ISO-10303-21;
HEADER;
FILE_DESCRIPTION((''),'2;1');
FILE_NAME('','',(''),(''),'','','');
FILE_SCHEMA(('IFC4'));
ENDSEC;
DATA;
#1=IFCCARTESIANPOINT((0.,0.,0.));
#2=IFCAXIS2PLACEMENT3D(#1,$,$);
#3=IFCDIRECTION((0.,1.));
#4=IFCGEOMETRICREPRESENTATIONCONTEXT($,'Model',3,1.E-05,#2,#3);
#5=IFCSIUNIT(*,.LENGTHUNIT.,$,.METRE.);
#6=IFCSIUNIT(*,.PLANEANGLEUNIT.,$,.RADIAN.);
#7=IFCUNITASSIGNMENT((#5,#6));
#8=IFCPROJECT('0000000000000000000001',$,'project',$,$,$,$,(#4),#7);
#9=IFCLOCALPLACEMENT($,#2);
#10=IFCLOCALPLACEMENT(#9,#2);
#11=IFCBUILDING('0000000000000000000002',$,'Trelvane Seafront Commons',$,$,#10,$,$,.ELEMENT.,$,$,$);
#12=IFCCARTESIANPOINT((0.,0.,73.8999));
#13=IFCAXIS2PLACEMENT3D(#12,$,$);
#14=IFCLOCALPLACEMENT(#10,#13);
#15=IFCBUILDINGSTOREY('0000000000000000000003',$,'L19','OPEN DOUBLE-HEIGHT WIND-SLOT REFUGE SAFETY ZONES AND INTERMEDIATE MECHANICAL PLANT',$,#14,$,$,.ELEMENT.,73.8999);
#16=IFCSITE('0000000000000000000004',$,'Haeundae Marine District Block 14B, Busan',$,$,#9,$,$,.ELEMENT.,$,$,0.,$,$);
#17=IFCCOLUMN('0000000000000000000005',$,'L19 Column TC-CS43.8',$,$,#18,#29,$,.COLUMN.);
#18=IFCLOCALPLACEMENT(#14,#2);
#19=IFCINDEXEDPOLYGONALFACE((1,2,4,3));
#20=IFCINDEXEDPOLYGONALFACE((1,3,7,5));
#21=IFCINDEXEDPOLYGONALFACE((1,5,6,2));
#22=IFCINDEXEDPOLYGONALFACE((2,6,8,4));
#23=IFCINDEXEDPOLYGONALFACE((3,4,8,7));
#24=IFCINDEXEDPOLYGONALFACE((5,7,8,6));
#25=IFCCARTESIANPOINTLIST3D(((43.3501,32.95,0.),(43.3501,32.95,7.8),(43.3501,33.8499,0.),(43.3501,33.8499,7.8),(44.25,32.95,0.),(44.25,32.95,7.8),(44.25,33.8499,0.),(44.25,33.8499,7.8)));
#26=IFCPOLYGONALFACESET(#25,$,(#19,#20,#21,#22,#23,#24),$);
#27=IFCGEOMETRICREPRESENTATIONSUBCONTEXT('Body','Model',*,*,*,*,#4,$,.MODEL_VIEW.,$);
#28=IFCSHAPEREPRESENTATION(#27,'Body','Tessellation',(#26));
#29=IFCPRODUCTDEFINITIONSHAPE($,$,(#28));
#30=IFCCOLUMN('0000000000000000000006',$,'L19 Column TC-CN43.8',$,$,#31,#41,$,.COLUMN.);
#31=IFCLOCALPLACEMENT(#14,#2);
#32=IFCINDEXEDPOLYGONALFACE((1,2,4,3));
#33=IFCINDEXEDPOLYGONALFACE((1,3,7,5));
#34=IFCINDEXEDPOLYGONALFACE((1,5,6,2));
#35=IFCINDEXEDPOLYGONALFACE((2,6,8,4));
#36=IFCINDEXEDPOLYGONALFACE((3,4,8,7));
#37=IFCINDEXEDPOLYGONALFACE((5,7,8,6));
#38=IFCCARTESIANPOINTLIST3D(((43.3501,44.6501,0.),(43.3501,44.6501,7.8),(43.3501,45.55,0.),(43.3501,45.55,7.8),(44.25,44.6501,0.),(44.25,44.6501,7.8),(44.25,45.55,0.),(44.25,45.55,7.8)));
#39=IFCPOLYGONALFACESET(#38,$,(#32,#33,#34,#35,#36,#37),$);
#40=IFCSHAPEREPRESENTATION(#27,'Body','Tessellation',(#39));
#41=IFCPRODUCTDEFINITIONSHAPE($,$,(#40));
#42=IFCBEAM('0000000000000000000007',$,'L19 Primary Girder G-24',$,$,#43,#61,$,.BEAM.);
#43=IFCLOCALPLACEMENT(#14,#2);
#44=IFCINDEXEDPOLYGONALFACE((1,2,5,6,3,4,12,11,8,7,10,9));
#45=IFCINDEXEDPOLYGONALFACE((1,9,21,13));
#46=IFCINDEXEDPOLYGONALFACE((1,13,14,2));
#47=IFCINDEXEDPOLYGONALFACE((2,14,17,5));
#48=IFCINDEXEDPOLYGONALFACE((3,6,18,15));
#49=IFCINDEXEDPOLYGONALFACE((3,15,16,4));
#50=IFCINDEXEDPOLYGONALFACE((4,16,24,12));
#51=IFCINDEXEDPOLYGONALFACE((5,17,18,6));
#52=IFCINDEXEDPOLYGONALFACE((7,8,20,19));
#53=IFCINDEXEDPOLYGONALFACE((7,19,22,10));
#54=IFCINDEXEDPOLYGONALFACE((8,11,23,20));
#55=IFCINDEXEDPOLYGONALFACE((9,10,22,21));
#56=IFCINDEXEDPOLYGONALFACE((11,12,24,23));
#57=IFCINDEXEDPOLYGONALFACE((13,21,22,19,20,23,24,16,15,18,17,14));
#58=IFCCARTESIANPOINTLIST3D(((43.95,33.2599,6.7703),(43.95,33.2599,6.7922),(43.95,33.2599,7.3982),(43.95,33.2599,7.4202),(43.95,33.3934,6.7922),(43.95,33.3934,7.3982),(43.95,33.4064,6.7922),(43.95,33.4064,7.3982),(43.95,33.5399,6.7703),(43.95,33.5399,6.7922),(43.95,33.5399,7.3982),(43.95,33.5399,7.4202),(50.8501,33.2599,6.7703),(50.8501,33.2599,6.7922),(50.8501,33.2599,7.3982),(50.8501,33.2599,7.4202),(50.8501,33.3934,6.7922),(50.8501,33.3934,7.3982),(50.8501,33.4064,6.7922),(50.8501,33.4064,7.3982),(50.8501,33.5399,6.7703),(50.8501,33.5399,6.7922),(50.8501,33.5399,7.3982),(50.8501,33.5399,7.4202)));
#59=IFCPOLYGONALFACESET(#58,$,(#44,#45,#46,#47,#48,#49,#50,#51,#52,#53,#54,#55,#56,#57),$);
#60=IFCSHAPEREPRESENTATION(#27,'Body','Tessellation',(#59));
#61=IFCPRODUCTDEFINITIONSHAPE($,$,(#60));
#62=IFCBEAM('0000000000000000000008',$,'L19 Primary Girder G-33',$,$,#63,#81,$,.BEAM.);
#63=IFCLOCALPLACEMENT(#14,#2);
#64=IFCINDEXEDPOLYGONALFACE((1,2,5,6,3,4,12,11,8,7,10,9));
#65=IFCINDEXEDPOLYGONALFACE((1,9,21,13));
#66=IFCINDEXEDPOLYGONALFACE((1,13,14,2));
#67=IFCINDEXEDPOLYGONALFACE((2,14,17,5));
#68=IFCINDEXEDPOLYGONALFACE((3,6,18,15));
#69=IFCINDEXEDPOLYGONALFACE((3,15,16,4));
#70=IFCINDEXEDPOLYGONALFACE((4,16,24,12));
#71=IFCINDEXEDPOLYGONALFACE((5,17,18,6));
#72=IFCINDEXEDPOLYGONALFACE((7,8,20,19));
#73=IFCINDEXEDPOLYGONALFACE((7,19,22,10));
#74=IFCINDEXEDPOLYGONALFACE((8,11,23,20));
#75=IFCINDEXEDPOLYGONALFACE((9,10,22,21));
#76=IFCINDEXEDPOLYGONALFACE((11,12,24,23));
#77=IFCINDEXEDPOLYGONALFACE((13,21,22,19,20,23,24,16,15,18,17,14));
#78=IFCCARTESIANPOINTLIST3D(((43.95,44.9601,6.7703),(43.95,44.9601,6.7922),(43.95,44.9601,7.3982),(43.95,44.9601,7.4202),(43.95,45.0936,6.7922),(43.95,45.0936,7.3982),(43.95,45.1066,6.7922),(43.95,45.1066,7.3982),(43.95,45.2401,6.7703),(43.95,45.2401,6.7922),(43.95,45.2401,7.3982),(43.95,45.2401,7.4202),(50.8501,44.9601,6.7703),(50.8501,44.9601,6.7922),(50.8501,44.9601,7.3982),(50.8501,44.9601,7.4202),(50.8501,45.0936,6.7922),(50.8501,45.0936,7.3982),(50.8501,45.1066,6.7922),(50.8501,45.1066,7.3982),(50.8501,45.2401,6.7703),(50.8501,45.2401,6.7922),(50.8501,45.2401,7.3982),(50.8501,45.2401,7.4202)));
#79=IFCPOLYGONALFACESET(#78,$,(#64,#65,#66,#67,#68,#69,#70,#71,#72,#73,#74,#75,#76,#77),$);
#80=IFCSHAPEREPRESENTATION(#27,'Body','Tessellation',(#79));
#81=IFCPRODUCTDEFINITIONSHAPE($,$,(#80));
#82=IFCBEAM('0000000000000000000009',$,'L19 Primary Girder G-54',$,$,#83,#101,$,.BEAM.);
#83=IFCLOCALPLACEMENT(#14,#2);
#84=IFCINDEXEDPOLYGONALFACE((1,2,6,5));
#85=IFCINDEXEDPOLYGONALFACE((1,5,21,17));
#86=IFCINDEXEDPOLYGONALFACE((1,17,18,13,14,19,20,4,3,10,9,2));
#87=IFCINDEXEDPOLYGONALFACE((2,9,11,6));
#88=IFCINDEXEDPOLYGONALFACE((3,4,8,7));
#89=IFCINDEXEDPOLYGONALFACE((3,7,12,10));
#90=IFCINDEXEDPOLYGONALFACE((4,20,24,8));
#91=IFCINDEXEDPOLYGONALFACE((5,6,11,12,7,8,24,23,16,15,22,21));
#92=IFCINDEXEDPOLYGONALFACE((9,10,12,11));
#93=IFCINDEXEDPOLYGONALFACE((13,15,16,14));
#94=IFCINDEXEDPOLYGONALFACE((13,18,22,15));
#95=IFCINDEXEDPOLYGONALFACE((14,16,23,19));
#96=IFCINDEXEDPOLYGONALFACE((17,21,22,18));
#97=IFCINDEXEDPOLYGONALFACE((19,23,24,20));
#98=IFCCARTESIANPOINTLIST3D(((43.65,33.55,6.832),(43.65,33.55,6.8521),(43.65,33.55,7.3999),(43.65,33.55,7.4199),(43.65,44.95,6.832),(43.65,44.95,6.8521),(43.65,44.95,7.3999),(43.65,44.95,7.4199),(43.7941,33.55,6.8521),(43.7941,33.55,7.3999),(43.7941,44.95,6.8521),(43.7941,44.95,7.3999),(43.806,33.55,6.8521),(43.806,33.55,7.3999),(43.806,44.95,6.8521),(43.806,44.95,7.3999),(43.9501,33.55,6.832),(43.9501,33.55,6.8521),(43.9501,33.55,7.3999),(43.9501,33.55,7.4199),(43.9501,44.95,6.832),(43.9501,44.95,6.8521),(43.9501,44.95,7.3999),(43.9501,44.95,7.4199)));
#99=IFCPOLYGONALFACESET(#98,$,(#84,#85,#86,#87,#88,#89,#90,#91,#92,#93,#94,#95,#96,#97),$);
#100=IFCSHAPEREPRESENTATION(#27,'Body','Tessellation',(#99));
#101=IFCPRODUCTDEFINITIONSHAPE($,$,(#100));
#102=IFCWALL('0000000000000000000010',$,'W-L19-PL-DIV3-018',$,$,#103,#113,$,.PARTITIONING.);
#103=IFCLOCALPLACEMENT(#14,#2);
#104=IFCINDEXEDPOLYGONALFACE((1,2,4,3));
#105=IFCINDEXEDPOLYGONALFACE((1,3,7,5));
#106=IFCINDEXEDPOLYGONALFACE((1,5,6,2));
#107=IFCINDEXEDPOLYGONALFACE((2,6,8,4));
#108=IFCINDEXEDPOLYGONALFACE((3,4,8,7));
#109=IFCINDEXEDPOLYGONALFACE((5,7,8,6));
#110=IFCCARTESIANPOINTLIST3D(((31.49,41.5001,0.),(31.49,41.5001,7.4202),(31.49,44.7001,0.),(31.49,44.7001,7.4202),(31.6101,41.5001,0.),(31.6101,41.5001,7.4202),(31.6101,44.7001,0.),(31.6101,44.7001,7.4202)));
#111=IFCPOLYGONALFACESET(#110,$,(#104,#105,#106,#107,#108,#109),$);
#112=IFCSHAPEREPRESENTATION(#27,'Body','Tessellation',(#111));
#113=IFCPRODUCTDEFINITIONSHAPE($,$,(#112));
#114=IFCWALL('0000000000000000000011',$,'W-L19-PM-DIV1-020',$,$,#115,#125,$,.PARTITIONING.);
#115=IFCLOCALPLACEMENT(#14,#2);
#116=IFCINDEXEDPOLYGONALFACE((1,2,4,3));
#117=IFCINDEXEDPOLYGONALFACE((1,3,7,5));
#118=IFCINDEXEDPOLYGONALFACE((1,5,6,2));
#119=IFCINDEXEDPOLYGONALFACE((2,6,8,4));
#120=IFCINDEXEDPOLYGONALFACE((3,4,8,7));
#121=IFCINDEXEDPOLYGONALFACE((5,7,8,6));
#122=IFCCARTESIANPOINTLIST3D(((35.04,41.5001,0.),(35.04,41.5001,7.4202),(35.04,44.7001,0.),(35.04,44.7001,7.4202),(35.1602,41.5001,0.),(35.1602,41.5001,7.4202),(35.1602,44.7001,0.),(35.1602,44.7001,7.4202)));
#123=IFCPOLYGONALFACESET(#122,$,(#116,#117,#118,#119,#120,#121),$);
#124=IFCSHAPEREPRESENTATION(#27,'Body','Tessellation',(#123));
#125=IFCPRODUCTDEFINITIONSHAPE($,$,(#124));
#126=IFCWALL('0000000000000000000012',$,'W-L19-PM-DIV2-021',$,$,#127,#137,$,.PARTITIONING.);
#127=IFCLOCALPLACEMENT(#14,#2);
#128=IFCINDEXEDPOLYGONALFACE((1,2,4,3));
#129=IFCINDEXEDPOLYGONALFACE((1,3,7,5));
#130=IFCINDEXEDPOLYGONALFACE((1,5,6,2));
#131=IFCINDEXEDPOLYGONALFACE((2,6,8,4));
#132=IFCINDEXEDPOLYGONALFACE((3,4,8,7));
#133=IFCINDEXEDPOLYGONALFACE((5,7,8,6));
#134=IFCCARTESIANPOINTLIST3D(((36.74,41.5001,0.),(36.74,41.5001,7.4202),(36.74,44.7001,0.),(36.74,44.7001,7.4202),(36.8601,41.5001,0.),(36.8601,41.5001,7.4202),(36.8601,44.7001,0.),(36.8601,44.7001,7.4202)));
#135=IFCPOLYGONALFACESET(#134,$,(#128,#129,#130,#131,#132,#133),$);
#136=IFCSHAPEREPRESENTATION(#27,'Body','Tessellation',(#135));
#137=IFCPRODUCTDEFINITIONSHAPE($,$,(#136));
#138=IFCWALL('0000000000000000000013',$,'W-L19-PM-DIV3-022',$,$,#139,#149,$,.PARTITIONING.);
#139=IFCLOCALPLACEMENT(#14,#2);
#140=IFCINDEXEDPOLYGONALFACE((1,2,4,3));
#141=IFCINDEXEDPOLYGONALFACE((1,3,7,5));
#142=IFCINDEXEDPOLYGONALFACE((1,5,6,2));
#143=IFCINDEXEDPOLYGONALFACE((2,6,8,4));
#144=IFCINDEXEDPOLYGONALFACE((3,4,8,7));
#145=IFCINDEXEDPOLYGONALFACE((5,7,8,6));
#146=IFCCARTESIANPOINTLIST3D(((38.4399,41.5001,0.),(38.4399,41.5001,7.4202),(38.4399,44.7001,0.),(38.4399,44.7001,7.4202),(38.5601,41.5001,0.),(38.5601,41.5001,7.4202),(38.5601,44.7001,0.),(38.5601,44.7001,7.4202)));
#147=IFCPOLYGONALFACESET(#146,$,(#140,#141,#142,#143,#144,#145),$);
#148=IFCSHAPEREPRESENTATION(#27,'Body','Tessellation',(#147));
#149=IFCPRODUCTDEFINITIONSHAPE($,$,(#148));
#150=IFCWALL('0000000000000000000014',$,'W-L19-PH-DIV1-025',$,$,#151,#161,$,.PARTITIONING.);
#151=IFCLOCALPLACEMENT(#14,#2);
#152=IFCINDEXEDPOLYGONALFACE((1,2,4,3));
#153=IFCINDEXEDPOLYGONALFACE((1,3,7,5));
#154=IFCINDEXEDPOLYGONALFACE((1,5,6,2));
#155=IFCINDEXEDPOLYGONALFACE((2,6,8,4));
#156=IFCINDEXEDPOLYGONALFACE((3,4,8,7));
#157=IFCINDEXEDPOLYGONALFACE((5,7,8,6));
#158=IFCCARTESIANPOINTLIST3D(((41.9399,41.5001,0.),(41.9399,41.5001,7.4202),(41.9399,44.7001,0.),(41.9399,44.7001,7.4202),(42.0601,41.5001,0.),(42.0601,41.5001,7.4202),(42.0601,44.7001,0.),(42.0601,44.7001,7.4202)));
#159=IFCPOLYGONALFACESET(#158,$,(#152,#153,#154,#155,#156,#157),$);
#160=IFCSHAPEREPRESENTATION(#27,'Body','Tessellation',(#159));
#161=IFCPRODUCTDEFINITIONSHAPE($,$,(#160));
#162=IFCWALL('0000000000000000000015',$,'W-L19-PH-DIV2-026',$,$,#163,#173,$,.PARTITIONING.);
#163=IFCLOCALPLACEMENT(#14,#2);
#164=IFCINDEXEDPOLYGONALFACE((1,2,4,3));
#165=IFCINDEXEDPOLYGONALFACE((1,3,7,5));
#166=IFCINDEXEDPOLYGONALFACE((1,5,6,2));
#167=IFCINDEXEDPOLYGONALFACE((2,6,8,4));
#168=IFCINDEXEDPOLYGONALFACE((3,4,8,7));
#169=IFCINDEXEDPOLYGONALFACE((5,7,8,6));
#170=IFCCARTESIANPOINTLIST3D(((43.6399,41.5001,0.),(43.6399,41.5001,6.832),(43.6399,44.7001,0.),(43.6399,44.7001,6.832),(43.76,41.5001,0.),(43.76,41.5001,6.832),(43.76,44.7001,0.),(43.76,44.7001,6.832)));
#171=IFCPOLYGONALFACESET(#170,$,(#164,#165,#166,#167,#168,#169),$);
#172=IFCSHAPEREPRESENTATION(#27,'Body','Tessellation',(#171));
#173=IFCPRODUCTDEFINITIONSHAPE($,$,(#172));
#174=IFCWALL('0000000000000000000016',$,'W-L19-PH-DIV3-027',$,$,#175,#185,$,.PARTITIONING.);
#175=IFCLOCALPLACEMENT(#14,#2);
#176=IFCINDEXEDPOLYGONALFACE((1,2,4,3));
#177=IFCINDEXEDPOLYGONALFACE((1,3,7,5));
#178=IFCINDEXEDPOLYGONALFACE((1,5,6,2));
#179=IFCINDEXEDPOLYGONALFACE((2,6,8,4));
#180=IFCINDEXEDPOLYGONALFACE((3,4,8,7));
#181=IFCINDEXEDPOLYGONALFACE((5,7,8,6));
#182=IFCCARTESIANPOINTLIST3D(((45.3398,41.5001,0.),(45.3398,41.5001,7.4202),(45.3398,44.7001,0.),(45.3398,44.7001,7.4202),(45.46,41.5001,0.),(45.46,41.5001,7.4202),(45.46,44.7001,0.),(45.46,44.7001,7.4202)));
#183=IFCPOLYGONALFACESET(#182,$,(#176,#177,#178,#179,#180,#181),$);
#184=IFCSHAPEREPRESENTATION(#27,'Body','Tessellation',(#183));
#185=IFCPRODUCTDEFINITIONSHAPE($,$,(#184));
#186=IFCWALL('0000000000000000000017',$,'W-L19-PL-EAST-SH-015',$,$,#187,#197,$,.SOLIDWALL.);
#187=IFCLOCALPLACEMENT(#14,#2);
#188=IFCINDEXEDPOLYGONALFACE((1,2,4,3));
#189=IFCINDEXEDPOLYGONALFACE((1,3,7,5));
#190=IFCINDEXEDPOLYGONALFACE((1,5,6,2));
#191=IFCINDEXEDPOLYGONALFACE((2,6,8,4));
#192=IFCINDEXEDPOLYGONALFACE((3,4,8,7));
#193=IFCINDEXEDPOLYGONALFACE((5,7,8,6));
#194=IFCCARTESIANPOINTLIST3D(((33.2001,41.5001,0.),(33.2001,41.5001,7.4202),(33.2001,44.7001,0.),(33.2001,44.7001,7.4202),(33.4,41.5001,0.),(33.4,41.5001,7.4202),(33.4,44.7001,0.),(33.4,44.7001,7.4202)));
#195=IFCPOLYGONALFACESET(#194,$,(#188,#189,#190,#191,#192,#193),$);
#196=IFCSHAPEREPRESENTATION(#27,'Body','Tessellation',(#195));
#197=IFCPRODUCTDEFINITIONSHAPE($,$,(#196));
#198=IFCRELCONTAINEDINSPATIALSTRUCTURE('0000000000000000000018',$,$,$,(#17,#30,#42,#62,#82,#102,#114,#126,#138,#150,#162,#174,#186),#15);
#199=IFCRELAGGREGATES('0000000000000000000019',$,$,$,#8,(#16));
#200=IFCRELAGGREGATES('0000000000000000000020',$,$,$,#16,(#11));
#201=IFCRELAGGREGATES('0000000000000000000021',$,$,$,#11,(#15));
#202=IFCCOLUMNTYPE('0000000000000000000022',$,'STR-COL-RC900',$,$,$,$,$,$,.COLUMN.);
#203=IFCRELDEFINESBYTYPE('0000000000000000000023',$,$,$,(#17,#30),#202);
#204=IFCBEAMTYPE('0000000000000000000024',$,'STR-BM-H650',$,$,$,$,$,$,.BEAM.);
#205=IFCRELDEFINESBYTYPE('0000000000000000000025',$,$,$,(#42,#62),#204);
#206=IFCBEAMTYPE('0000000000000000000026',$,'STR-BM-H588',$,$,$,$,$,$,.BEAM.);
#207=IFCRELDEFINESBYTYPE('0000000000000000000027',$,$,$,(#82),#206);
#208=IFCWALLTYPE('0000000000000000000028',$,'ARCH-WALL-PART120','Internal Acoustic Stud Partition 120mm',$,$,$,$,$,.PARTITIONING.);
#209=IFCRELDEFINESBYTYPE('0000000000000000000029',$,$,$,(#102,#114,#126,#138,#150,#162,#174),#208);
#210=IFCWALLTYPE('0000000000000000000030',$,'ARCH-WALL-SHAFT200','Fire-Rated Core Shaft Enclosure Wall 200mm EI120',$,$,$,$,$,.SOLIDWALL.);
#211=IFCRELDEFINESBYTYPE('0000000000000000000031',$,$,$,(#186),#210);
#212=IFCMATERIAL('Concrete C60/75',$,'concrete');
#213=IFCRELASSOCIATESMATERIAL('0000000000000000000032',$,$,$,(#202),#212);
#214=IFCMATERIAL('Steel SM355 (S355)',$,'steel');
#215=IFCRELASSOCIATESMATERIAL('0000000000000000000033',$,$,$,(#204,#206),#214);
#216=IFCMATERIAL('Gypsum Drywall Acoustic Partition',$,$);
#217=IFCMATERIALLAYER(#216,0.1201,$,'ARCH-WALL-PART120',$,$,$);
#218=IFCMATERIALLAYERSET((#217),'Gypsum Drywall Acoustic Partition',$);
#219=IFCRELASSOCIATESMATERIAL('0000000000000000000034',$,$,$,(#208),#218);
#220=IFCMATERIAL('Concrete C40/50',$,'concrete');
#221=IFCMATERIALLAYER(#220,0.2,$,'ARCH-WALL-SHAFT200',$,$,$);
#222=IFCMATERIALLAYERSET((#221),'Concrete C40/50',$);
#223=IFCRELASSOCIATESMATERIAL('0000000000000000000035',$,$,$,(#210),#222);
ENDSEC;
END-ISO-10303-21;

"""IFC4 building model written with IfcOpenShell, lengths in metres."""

from ifc_helpers import new_model, si_unit, direction, frame, frame_2d, origin, origin_2d, place, context, subcontext, project, spatial, rectangle, i_section, extrude, source, transform, mapped, material, layer, layer_set, material_profile, profile_set, type_object, element, save


model = new_model("IFC4")

# Units and contexts
model_context = context("Model", 3, precision=1e-05, world=origin(), true_north=direction((0.0, 1.0)))
body_context = subcontext(model_context, "Body", "Model", "MODEL_VIEW")
ifc_project = project(units=[si_unit("LENGTHUNIT", "METRE"), si_unit("PLANEANGLEUNIT", "RADIAN")], contexts=[model_context])

# Site, building, storey
site_placement = place(None, origin())
site = spatial("IfcSite", under=ifc_project, at=site_placement, Name="Haeundae Marine District Block 14B, Busan", CompositionType="ELEMENT", RefElevation=0.0)
building_placement = place(site_placement, origin())
building = spatial("IfcBuilding", under=site, at=building_placement, Name="Trelvane Seafront Commons", CompositionType="ELEMENT")
storey_placement = place(building_placement, frame((0.0, 0.0, 73.8999)))
storey = spatial("IfcBuildingStorey", under=building, at=storey_placement, Name="L19", Description="OPEN DOUBLE-HEIGHT WIND-SLOT REFUGE SAFETY ZONES AND INTERMEDIATE MECHANICAL PLANT", CompositionType="ELEMENT", Elevation=73.8999)

# Columns
ifc_material_1 = material(Name="Concrete C60/75", Category="concrete")
ifc_material_profile_1 = material_profile(ifc_material_1, rectangle(XDim=0.8999, YDim=0.8999, at=origin_2d()), Name="RC-900x900")
ifc_profile_set_1 = profile_set([ifc_material_profile_1], Name="Concrete C60/75")
column_type = type_object("IfcColumnType", Name="STR-COL-RC900", PredefinedType="COLUMN", material=ifc_profile_set_1)
shared_shape_1 = source(origin(), body_context, "Body", "SweptSolid", [
    extrude(rectangle(XDim=0.8999, YDim=0.8999, at=origin_2d()), origin(), (0.0, 0.0, 1.0), 7.8),
])
for number, where, z_axis, x_axis, name in (
    (1, (43.8, 33.3999, 0.0), (0.0, 0.0, 1.0), (1.0, 0.0, 0.0), "L19 Column TC-CS43.8"),
    (2, (43.8, 45.1001, 0.0), (0.0, 0.0, 1.0), (1.0, 0.0, 0.0), "L19 Column TC-CN43.8"),
):
    element("IfcColumn", number, at=place(storey_placement, frame(where, z_axis=z_axis, x_axis=x_axis)), inside=storey, type_object=column_type, Name=name, PredefinedType="COLUMN", context=body_context, shape_type="MappedRepresentation", body=[
        mapped(shared_shape_1, transform((0.0, 0.0, 0.0), x_axis=(1.0, 0.0, 0.0), y_axis=(0.0, 1.0, 0.0), z_axis=(0.0, 0.0, 1.0), scale=1.0)),
    ])

# Beams
ifc_material_2 = material(Name="Steel SM355 (S355)", Category="steel")
ifc_material_profile_2 = material_profile(ifc_material_2, i_section(OverallWidth=0.28, OverallDepth=0.6499, WebThickness=0.0129, FlangeThickness=0.022, at=origin_2d()), Name="H-650x280x13x22")
ifc_profile_set_2 = profile_set([ifc_material_profile_2], Name="Steel SM355 (S355)")
beam_type_1 = type_object("IfcBeamType", Name="STR-BM-H650", PredefinedType="BEAM", material=ifc_profile_set_2)
shared_shape_2 = source(origin(), body_context, "Body", "SweptSolid", [
    extrude(i_section(OverallWidth=0.28, OverallDepth=0.6499, WebThickness=0.0129, FlangeThickness=0.022, at=origin_2d()), origin(), (0.0, 0.0, 1.0), 6.9001),
])
for number, where, z_axis, x_axis, name in (
    (3, (43.95, 33.3999, 7.0952), (1.0, 0.0, 0.0), (0.0, 1.0, 0.0), "L19 Primary Girder G-24"),
    (4, (43.95, 45.1001, 7.0952), (1.0, 0.0, 0.0), (0.0, 1.0, 0.0), "L19 Primary Girder G-33"),
):
    element("IfcBeam", number, at=place(storey_placement, frame(where, z_axis=z_axis, x_axis=x_axis)), inside=storey, type_object=beam_type_1, Name=name, PredefinedType="BEAM", context=body_context, shape_type="MappedRepresentation", body=[
        mapped(shared_shape_2, transform((0.0, 0.0, 0.0), x_axis=(1.0, 0.0, 0.0), y_axis=(0.0, 1.0, 0.0), z_axis=(0.0, 0.0, 1.0), scale=1.0)),
    ])
ifc_material_profile_3 = material_profile(ifc_material_2, i_section(OverallWidth=0.3, OverallDepth=0.5879, WebThickness=0.012, FlangeThickness=0.02, at=origin_2d()), Name="H-588x300x12x20")
ifc_profile_set_3 = profile_set([ifc_material_profile_3], Name="Steel SM355 (S355)")
beam_type_2 = type_object("IfcBeamType", Name="STR-BM-H588", PredefinedType="BEAM", material=ifc_profile_set_3)
shared_shape_3 = source(origin(), body_context, "Body", "SweptSolid", [
    extrude(i_section(OverallWidth=0.3, OverallDepth=0.5879, WebThickness=0.012, FlangeThickness=0.02, at=origin_2d()), origin(), (0.0, 0.0, 1.0), 11.3999),
])
beam_placement = place(storey_placement, frame((43.8, 33.55, 7.126), z_axis=(0.0, 1.0, 0.0), x_axis=(-1.0, 0.0, 0.0)))
element("IfcBeam", 5, at=beam_placement, inside=storey, type_object=beam_type_2, Name="L19 Primary Girder G-54", PredefinedType="BEAM", context=body_context, shape_type="MappedRepresentation", body=[
    mapped(shared_shape_3, transform((0.0, 0.0, 0.0), x_axis=(1.0, 0.0, 0.0), y_axis=(0.0, 1.0, 0.0), z_axis=(0.0, 0.0, 1.0), scale=1.0)),
])

# Walls
ifc_material_3 = material(Name="Gypsum Drywall Acoustic Partition")
ifc_layer_1 = layer(ifc_material_3, 0.1201, Name="ARCH-WALL-PART120")
ifc_layer_set_1 = layer_set([ifc_layer_1], Name="Gypsum Drywall Acoustic Partition")
wall_type_1 = type_object("IfcWallType", Name="ARCH-WALL-PART120", Description="Internal Acoustic Stud Partition 120mm", PredefinedType="PARTITIONING", material=ifc_layer_set_1)
for number, where, z_axis, x_axis, name in (
    (6, (31.55, 41.5, 0.0), (0.0, 0.0, 1.0), (0.0, 1.0, 0.0), "W-L19-PL-DIV3-018"),
    (7, (35.1001, 41.5, 0.0), (0.0, 0.0, 1.0), (0.0, 1.0, 0.0), "W-L19-PM-DIV1-020"),
    (8, (36.8, 41.5, 0.0), (0.0, 0.0, 1.0), (0.0, 1.0, 0.0), "W-L19-PM-DIV2-021"),
    (9, (38.5, 41.5, 0.0), (0.0, 0.0, 1.0), (0.0, 1.0, 0.0), "W-L19-PM-DIV3-022"),
    (10, (42.0, 41.5, 0.0), (0.0, 0.0, 1.0), (0.0, 1.0, 0.0), "W-L19-PH-DIV1-025"),
):
    element("IfcWall", number, at=place(storey_placement, frame(where, z_axis=z_axis, x_axis=x_axis)), inside=storey, type_object=wall_type_1, Name=name, PredefinedType="PARTITIONING", context=body_context, shape_type="SweptSolid", body=[
        extrude(rectangle(XDim=3.2, YDim=0.1201, at=frame_2d((1.6001, 0.0))), origin(), (0.0, 0.0, 1.0), 7.4202),
    ])
wall_1_placement = place(storey_placement, frame((43.7, 41.5, 0.0), z_axis=(0.0, 0.0, 1.0), x_axis=(0.0, 1.0, 0.0)))
element("IfcWall", 11, at=wall_1_placement, inside=storey, type_object=wall_type_1, Name="W-L19-PH-DIV2-026", PredefinedType="PARTITIONING", context=body_context, shape_type="SweptSolid", body=[
    extrude(rectangle(XDim=3.2, YDim=0.1201, at=frame_2d((1.6001, 0.0))), origin(), (0.0, 0.0, 1.0), 6.832),
])
wall_2_placement = place(storey_placement, frame((45.3999, 41.5, 0.0), z_axis=(0.0, 0.0, 1.0), x_axis=(0.0, 1.0, 0.0)))
element("IfcWall", 12, at=wall_2_placement, inside=storey, type_object=wall_type_1, Name="W-L19-PH-DIV3-027", PredefinedType="PARTITIONING", context=body_context, shape_type="SweptSolid", body=[
    extrude(rectangle(XDim=3.2, YDim=0.1201, at=frame_2d((1.6001, 0.0))), origin(), (0.0, 0.0, 1.0), 7.4202),
])
ifc_material_4 = material(Name="Concrete C40/50", Category="concrete")
ifc_layer_2 = layer(ifc_material_4, 0.2, Name="ARCH-WALL-SHAFT200")
ifc_layer_set_2 = layer_set([ifc_layer_2], Name="Concrete C40/50")
wall_type_2 = type_object("IfcWallType", Name="ARCH-WALL-SHAFT200", Description="Fire-Rated Core Shaft Enclosure Wall 200mm EI120", PredefinedType="SOLIDWALL", material=ifc_layer_set_2)
wall_3_placement = place(storey_placement, frame((33.3, 41.5, 0.0), z_axis=(0.0, 0.0, 1.0), x_axis=(0.0, 1.0, 0.0)))
element("IfcWall", 13, at=wall_3_placement, inside=storey, type_object=wall_type_2, Name="W-L19-PL-EAST-SH-015", PredefinedType="SOLIDWALL", context=body_context, shape_type="SweptSolid", body=[
    extrude(rectangle(XDim=3.2, YDim=0.2, at=frame_2d((1.6001, 0.0))), origin(), (0.0, 0.0, 1.0), 7.4202),
])

save(model, "model.ifc")
